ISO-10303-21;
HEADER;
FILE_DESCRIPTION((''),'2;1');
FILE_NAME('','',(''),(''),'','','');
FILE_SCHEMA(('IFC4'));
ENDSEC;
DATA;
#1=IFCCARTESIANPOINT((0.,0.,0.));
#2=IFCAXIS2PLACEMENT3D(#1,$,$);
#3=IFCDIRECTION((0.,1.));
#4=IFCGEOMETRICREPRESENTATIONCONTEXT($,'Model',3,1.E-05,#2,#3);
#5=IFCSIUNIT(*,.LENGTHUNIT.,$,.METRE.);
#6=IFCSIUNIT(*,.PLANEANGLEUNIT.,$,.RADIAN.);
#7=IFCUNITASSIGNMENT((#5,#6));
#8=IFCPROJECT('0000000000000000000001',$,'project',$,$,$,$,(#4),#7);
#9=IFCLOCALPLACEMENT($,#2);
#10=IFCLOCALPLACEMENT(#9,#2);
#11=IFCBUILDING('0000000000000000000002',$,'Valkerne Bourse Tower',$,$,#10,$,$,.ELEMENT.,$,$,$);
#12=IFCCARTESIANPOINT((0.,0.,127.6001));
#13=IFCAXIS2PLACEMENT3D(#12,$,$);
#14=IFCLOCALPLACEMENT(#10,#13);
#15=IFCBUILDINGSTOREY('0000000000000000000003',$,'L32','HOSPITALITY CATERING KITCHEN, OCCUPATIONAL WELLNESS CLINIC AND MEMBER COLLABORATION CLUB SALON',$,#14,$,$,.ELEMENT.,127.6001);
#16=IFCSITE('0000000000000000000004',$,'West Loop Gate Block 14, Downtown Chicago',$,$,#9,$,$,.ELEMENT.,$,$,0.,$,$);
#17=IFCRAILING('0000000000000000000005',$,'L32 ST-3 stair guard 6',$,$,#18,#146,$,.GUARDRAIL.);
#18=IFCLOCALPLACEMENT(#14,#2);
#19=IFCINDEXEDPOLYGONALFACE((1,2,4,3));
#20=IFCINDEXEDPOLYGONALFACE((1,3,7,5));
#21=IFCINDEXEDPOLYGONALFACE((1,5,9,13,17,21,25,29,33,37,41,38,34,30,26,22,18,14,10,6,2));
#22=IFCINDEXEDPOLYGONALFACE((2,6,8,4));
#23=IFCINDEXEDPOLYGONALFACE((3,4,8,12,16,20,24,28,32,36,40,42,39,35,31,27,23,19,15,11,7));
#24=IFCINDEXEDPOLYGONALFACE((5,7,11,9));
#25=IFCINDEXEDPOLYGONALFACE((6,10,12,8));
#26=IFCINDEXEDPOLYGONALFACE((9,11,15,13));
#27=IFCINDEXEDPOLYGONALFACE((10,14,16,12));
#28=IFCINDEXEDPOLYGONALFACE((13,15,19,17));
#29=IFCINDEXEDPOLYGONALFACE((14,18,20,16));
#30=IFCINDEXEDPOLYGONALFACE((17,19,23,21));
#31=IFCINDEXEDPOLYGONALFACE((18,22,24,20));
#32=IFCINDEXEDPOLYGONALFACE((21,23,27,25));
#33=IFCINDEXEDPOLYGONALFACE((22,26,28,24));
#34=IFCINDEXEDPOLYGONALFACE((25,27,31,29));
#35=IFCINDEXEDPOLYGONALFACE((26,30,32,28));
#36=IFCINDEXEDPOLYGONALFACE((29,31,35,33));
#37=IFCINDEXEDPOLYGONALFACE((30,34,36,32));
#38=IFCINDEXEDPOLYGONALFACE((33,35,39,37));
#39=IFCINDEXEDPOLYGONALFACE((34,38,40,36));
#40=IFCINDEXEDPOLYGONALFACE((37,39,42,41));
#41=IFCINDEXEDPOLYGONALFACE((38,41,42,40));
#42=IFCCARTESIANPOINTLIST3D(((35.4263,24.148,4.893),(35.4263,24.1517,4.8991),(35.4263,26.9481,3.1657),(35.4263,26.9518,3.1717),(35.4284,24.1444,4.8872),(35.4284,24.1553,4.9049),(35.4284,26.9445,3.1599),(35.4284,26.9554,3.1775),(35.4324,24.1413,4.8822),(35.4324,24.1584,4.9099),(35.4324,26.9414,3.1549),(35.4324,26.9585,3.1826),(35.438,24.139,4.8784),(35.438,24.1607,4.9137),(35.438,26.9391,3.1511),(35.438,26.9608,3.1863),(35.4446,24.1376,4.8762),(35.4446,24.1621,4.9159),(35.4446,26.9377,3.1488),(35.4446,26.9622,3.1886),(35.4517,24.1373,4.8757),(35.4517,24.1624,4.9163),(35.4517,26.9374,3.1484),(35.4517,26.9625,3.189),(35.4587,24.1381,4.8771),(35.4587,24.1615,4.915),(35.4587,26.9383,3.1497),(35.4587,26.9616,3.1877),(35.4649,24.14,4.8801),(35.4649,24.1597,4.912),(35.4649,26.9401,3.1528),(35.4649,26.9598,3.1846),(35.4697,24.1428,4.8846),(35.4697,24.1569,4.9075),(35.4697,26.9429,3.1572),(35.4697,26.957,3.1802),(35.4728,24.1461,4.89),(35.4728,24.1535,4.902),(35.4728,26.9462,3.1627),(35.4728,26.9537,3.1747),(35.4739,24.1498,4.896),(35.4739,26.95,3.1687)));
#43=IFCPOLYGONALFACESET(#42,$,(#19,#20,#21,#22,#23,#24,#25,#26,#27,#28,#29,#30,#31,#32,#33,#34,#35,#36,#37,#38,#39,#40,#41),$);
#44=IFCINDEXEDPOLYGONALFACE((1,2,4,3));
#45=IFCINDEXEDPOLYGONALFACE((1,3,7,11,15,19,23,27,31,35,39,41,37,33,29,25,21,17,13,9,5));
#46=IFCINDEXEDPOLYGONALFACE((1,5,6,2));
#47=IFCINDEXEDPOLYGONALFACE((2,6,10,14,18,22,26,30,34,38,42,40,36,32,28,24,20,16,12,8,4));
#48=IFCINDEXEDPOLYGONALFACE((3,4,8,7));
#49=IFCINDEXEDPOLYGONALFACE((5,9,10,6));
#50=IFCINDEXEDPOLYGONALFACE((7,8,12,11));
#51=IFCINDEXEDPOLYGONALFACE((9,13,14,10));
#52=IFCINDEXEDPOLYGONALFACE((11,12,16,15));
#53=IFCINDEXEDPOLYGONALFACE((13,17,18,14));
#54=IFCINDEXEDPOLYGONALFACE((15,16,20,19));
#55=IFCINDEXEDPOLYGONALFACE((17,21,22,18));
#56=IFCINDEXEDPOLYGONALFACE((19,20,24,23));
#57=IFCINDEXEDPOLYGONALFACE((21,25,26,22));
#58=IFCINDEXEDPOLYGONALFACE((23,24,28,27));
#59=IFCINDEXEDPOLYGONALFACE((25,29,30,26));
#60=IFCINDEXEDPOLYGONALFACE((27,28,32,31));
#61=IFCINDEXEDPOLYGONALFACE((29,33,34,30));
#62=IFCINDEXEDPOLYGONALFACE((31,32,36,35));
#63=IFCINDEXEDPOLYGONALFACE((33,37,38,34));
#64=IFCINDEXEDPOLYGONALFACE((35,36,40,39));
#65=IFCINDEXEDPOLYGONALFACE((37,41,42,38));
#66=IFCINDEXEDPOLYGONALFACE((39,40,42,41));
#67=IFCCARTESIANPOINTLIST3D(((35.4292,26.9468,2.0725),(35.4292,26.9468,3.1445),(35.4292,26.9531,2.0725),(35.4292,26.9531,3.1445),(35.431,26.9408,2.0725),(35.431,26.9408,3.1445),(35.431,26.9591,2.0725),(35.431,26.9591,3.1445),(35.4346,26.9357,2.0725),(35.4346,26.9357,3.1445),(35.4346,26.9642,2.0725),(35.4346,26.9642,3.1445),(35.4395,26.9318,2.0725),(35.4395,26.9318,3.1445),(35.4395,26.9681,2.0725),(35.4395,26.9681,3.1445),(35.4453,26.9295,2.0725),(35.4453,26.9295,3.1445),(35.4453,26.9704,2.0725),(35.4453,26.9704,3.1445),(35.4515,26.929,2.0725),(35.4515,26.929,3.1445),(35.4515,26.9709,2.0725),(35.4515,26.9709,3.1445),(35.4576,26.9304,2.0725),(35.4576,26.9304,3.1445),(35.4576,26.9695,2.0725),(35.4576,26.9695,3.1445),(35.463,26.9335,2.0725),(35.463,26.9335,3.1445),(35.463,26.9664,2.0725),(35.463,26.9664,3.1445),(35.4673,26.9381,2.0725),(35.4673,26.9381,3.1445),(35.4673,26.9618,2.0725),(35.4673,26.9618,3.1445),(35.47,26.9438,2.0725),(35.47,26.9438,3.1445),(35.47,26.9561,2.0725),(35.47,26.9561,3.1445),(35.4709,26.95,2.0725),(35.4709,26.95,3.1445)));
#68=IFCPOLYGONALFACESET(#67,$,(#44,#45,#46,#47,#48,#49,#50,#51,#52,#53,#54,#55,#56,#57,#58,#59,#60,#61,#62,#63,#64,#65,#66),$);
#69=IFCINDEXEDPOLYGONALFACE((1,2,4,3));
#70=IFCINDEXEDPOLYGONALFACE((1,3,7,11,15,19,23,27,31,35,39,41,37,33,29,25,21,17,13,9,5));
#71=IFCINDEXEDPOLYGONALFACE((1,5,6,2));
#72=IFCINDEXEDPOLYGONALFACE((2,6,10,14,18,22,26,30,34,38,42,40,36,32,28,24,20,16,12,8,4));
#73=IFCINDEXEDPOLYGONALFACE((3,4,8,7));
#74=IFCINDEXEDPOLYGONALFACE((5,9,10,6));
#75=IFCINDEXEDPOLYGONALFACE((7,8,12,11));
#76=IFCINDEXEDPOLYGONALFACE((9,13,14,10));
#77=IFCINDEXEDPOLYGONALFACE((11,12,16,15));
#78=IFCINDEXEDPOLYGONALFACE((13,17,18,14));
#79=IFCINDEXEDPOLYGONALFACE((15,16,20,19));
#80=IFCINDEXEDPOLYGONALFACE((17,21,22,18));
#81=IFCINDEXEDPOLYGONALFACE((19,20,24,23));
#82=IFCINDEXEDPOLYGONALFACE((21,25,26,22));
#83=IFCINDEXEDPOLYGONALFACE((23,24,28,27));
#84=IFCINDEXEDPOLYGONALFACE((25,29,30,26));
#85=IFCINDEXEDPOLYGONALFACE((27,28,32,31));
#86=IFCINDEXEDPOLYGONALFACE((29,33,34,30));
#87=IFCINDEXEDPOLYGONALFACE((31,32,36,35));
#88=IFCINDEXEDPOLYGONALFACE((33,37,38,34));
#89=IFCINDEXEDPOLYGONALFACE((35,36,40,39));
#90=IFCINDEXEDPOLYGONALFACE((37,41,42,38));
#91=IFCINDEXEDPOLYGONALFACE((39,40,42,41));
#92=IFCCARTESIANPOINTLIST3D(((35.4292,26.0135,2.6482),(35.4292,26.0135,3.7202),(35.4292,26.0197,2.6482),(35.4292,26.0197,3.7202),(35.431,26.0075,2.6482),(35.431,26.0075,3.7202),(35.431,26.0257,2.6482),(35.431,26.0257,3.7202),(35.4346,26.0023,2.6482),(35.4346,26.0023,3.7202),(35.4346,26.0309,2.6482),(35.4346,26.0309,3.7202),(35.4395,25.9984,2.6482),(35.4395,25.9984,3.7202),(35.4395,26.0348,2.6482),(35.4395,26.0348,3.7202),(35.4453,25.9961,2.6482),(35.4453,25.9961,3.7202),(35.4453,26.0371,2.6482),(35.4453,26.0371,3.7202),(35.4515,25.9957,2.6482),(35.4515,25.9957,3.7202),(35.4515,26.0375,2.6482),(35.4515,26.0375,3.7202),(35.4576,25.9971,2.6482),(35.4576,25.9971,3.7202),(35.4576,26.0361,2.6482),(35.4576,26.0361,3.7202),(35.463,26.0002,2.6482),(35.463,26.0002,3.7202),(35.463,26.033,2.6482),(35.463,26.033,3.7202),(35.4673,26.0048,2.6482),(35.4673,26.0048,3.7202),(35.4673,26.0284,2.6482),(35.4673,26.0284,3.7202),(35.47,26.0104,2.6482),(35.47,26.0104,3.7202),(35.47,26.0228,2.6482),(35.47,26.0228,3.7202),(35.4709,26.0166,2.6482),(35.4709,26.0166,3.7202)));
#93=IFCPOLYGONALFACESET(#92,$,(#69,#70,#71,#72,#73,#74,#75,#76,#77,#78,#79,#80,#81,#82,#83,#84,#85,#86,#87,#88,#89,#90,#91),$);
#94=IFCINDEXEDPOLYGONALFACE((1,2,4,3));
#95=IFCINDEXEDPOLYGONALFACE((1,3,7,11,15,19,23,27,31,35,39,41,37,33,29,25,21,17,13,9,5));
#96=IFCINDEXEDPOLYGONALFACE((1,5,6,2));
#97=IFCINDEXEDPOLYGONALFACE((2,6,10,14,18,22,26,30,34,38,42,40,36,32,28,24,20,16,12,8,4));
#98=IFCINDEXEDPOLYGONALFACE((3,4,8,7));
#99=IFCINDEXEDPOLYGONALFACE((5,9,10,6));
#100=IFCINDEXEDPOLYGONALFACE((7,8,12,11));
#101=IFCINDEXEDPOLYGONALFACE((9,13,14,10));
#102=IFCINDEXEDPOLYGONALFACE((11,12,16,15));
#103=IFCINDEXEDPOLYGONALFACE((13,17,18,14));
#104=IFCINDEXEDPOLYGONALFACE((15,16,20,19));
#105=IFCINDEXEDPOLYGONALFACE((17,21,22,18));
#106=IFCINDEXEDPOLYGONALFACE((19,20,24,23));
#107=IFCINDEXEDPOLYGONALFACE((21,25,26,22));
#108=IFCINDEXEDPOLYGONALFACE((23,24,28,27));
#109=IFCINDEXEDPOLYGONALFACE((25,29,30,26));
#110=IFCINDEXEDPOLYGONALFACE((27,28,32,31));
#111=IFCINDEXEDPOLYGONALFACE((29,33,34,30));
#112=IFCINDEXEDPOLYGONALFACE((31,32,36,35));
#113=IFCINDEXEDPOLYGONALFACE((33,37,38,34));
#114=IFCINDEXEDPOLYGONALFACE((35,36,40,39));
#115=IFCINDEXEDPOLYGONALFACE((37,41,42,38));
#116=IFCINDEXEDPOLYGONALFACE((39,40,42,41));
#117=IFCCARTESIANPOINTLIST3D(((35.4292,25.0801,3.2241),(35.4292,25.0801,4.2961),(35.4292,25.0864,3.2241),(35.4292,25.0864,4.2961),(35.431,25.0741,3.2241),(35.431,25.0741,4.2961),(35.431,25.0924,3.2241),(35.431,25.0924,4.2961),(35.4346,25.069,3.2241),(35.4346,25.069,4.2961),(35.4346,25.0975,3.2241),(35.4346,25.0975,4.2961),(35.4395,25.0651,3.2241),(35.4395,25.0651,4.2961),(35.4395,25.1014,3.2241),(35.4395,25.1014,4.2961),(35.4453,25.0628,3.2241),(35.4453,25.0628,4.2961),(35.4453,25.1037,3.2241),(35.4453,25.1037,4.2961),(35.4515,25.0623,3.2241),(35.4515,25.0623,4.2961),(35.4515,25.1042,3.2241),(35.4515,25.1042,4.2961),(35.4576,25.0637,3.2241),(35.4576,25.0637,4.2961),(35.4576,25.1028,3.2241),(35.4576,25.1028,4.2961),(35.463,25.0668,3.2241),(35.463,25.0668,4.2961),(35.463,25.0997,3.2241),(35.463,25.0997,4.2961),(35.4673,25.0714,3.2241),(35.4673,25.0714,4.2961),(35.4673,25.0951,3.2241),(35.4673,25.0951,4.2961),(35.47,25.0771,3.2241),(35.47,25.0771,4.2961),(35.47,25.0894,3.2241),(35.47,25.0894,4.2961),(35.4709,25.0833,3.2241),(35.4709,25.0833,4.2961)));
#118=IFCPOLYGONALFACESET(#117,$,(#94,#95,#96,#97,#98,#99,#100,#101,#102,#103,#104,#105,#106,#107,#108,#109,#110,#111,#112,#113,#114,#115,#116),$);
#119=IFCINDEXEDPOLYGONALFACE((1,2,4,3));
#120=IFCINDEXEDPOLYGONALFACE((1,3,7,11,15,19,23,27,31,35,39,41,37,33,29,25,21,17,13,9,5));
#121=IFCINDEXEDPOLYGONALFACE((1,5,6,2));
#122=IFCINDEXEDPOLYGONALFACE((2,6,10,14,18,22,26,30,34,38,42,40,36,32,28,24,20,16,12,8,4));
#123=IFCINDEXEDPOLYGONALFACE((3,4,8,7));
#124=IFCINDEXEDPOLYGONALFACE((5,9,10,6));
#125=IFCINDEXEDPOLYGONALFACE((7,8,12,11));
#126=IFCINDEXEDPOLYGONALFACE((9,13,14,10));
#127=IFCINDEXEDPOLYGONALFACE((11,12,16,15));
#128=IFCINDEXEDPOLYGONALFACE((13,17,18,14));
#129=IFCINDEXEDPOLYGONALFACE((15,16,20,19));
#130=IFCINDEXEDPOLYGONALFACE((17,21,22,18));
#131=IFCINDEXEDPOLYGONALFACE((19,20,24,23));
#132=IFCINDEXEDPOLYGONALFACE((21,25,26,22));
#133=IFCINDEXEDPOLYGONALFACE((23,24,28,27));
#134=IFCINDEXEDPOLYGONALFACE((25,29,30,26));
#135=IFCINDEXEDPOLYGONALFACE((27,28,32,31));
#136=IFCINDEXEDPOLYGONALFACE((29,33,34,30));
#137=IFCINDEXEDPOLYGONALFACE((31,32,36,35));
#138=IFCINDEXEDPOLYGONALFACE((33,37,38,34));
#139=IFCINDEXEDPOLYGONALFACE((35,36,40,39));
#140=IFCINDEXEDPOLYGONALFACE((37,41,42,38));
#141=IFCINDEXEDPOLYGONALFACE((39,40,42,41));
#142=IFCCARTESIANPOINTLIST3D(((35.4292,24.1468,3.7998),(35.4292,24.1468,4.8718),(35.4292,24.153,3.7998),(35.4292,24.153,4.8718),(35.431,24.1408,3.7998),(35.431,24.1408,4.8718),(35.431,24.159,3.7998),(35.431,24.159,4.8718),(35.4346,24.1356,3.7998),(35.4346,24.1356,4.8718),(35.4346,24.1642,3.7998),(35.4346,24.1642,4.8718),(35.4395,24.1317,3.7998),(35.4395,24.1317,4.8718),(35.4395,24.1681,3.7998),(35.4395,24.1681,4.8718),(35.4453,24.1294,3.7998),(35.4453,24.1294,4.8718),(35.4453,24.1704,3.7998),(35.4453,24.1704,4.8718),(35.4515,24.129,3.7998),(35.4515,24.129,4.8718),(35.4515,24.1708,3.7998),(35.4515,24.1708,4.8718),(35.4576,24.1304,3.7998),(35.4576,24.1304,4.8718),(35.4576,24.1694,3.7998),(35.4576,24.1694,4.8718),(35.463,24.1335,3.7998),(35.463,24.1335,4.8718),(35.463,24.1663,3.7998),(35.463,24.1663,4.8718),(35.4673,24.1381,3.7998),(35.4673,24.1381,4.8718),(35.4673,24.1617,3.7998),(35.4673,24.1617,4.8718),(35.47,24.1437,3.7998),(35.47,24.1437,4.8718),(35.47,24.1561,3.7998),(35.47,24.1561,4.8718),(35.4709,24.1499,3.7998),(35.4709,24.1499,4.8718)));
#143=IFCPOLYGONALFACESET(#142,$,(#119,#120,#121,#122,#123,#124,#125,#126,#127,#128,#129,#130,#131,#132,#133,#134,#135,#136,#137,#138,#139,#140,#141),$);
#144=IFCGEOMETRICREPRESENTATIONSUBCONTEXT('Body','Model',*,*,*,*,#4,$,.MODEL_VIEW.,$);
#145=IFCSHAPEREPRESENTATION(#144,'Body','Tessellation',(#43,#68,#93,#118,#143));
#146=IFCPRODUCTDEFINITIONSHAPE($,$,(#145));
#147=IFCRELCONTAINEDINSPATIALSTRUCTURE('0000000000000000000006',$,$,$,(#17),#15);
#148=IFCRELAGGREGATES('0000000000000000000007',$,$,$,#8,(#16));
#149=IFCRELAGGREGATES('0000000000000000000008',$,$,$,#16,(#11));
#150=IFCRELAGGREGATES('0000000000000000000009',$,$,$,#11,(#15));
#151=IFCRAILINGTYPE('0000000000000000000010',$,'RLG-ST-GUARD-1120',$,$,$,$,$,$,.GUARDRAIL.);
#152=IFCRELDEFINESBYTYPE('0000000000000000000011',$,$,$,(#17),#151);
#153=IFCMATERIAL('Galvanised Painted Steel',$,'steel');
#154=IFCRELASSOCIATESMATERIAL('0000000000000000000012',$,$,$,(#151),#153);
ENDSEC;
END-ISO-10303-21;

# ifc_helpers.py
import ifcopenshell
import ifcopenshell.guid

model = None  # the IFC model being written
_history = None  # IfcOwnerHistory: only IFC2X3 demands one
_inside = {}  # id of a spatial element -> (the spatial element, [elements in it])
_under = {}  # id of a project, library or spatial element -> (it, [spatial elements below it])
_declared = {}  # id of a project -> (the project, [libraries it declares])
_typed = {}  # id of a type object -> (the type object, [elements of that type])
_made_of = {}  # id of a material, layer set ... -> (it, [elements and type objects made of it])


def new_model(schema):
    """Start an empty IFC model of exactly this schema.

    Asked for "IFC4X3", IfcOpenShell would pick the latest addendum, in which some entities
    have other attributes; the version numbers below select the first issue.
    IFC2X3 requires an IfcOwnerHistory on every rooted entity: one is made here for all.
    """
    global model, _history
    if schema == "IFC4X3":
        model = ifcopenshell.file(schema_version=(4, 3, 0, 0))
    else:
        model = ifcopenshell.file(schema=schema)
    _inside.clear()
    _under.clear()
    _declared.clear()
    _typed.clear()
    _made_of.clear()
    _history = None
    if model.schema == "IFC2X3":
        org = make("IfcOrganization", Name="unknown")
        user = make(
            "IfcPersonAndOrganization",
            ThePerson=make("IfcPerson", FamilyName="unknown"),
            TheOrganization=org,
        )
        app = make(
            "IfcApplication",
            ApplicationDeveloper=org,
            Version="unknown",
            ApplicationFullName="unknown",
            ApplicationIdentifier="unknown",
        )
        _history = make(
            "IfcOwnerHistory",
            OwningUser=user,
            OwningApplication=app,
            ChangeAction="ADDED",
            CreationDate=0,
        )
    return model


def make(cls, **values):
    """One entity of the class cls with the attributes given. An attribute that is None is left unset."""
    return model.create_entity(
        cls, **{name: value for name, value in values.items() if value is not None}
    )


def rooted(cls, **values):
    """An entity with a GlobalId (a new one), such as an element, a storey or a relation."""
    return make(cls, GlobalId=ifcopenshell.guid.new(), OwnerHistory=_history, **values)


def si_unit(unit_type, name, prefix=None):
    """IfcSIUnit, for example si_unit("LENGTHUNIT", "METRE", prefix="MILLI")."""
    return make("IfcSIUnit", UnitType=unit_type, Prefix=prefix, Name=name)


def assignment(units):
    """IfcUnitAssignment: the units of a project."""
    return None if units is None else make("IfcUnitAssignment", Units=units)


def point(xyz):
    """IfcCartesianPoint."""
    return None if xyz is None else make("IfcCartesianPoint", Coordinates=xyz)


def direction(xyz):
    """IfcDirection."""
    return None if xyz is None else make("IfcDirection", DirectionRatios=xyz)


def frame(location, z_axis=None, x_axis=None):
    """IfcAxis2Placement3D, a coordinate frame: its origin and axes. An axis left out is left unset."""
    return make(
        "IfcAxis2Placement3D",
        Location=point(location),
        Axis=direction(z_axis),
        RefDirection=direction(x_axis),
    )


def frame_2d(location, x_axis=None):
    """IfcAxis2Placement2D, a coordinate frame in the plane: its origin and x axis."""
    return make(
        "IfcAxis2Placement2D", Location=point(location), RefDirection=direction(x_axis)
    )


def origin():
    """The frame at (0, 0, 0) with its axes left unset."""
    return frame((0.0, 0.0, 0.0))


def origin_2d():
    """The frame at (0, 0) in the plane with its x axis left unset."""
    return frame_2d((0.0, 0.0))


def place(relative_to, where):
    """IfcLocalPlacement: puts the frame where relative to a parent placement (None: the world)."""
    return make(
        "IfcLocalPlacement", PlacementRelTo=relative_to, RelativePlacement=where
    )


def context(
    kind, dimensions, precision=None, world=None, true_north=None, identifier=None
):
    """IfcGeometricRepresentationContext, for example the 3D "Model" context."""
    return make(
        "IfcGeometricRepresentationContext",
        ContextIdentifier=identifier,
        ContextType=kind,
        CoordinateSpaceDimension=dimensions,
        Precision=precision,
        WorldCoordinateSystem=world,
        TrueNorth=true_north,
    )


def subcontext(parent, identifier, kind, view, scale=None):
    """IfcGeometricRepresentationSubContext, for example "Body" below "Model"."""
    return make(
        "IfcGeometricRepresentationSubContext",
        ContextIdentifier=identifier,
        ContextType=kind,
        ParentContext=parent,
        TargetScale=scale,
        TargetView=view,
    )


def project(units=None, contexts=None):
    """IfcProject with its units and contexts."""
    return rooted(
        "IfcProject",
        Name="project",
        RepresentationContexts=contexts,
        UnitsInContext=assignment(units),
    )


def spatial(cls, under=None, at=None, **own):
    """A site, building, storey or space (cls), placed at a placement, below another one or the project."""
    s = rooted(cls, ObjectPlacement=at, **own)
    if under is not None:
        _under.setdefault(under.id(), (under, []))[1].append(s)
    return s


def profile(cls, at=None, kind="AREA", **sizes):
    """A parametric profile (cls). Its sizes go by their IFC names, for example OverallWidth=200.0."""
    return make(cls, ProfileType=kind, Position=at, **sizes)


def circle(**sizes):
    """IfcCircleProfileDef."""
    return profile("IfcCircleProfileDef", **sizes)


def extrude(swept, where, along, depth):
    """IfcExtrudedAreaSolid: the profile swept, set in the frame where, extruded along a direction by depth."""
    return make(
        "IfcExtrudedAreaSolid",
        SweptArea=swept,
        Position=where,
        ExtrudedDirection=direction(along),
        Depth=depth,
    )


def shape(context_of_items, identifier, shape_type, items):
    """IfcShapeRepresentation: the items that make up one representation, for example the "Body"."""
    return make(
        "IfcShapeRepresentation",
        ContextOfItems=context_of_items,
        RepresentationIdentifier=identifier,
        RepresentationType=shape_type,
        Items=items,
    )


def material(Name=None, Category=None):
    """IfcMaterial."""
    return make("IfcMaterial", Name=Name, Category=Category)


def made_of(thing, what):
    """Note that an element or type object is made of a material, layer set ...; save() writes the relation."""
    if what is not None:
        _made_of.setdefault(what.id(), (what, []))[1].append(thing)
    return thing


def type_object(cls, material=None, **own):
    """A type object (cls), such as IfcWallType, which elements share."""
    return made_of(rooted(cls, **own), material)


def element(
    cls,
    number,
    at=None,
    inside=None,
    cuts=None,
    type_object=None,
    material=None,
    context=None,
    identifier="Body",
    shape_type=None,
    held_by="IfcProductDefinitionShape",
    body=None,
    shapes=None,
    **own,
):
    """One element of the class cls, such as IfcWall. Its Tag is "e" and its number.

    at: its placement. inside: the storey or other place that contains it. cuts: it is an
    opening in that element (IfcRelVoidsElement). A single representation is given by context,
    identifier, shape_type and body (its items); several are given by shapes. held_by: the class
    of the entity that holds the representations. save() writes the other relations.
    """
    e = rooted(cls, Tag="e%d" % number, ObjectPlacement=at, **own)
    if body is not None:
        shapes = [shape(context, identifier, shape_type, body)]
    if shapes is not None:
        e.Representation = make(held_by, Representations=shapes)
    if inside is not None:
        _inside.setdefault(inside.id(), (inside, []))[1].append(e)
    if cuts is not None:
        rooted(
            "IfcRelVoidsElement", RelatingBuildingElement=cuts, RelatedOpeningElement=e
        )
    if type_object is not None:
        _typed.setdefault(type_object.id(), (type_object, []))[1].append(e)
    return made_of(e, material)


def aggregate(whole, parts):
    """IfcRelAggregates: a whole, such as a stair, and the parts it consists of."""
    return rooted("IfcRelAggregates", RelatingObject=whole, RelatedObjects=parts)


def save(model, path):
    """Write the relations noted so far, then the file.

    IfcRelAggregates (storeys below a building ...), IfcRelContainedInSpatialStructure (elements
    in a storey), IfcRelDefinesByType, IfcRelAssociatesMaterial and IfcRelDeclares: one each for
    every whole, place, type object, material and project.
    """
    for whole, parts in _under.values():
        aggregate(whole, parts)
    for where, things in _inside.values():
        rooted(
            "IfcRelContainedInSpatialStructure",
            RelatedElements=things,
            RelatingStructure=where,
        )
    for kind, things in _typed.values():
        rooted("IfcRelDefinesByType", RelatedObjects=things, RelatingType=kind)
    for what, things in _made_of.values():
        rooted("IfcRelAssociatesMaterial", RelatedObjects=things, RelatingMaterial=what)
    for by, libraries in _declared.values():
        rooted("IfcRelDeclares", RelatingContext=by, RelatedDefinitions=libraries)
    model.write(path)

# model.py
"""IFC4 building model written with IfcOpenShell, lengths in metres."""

from ifc_helpers import new_model, si_unit, direction, frame, origin, origin_2d, place, context, subcontext, project, spatial, circle, extrude, material, type_object, element, save


model = new_model("IFC4")

# Units and contexts
model_context = context("Model", 3, precision=1e-05, world=origin(), true_north=direction((0.0, 1.0)))
body_context = subcontext(model_context, "Body", "Model", "MODEL_VIEW")
ifc_project = project(units=[si_unit("LENGTHUNIT", "METRE"), si_unit("PLANEANGLEUNIT", "RADIAN")], contexts=[model_context])

# Site, building, storey
site_placement = place(None, origin())
site = spatial("IfcSite", under=ifc_project, at=site_placement, Name="West Loop Gate Block 14, Downtown Chicago", CompositionType="ELEMENT", RefElevation=0.0)
building_placement = place(site_placement, origin())
building = spatial("IfcBuilding", under=site, at=building_placement, Name="Valkerne Bourse Tower", CompositionType="ELEMENT")
storey_placement = place(building_placement, frame((0.0, 0.0, 127.6001)))
storey = spatial("IfcBuildingStorey", under=building, at=storey_placement, Name="L32", Description="HOSPITALITY CATERING KITCHEN, OCCUPATIONAL WELLNESS CLINIC AND MEMBER COLLABORATION CLUB SALON", CompositionType="ELEMENT", Elevation=127.6001)

# Shared definitions
ifc_material_1 = material(Name="Galvanised Painted Steel", Category="steel")

# Railing
railing_type_1 = type_object("IfcRailingType", Name="RLG-ST-GUARD-1120", PredefinedType="GUARDRAIL", material=ifc_material_1)
railing_1_placement = place(storey_placement, frame((35.45, 26.95, 2.0725)))
element("IfcRailing", 1, at=railing_1_placement, inside=storey, type_object=railing_type_1, Name="L32 ST-3 stair guard 6", PredefinedType="GUARDRAIL", context=body_context, shape_type="SweptSolid", body=[
    extrude(circle(Radius=0.0239, at=origin_2d()), frame((0.0, 0.0, 1.0962), z_axis=(0.0, -0.85109, 0.52502), x_axis=(1.0, 0.0, 0.0)), (0.0, 0.0, 1.0), 3.29),
    extrude(circle(Radius=0.021, at=origin_2d()), origin(), (0.0, 0.0, 1.0), 1.072),
    extrude(circle(Radius=0.021, at=origin_2d()), frame((0.0, -0.9333, 0.5757)), (0.0, 0.0, 1.0), 1.072),
    extrude(circle(Radius=0.021, at=origin_2d()), frame((0.0, -1.8667, 1.1516)), (0.0, 0.0, 1.0), 1.072),
    extrude(circle(Radius=0.021, at=origin_2d()), frame((0.0, -2.8, 1.7273)), (0.0, 0.0, 1.0), 1.072),
])

save(model, "model.ifc")
